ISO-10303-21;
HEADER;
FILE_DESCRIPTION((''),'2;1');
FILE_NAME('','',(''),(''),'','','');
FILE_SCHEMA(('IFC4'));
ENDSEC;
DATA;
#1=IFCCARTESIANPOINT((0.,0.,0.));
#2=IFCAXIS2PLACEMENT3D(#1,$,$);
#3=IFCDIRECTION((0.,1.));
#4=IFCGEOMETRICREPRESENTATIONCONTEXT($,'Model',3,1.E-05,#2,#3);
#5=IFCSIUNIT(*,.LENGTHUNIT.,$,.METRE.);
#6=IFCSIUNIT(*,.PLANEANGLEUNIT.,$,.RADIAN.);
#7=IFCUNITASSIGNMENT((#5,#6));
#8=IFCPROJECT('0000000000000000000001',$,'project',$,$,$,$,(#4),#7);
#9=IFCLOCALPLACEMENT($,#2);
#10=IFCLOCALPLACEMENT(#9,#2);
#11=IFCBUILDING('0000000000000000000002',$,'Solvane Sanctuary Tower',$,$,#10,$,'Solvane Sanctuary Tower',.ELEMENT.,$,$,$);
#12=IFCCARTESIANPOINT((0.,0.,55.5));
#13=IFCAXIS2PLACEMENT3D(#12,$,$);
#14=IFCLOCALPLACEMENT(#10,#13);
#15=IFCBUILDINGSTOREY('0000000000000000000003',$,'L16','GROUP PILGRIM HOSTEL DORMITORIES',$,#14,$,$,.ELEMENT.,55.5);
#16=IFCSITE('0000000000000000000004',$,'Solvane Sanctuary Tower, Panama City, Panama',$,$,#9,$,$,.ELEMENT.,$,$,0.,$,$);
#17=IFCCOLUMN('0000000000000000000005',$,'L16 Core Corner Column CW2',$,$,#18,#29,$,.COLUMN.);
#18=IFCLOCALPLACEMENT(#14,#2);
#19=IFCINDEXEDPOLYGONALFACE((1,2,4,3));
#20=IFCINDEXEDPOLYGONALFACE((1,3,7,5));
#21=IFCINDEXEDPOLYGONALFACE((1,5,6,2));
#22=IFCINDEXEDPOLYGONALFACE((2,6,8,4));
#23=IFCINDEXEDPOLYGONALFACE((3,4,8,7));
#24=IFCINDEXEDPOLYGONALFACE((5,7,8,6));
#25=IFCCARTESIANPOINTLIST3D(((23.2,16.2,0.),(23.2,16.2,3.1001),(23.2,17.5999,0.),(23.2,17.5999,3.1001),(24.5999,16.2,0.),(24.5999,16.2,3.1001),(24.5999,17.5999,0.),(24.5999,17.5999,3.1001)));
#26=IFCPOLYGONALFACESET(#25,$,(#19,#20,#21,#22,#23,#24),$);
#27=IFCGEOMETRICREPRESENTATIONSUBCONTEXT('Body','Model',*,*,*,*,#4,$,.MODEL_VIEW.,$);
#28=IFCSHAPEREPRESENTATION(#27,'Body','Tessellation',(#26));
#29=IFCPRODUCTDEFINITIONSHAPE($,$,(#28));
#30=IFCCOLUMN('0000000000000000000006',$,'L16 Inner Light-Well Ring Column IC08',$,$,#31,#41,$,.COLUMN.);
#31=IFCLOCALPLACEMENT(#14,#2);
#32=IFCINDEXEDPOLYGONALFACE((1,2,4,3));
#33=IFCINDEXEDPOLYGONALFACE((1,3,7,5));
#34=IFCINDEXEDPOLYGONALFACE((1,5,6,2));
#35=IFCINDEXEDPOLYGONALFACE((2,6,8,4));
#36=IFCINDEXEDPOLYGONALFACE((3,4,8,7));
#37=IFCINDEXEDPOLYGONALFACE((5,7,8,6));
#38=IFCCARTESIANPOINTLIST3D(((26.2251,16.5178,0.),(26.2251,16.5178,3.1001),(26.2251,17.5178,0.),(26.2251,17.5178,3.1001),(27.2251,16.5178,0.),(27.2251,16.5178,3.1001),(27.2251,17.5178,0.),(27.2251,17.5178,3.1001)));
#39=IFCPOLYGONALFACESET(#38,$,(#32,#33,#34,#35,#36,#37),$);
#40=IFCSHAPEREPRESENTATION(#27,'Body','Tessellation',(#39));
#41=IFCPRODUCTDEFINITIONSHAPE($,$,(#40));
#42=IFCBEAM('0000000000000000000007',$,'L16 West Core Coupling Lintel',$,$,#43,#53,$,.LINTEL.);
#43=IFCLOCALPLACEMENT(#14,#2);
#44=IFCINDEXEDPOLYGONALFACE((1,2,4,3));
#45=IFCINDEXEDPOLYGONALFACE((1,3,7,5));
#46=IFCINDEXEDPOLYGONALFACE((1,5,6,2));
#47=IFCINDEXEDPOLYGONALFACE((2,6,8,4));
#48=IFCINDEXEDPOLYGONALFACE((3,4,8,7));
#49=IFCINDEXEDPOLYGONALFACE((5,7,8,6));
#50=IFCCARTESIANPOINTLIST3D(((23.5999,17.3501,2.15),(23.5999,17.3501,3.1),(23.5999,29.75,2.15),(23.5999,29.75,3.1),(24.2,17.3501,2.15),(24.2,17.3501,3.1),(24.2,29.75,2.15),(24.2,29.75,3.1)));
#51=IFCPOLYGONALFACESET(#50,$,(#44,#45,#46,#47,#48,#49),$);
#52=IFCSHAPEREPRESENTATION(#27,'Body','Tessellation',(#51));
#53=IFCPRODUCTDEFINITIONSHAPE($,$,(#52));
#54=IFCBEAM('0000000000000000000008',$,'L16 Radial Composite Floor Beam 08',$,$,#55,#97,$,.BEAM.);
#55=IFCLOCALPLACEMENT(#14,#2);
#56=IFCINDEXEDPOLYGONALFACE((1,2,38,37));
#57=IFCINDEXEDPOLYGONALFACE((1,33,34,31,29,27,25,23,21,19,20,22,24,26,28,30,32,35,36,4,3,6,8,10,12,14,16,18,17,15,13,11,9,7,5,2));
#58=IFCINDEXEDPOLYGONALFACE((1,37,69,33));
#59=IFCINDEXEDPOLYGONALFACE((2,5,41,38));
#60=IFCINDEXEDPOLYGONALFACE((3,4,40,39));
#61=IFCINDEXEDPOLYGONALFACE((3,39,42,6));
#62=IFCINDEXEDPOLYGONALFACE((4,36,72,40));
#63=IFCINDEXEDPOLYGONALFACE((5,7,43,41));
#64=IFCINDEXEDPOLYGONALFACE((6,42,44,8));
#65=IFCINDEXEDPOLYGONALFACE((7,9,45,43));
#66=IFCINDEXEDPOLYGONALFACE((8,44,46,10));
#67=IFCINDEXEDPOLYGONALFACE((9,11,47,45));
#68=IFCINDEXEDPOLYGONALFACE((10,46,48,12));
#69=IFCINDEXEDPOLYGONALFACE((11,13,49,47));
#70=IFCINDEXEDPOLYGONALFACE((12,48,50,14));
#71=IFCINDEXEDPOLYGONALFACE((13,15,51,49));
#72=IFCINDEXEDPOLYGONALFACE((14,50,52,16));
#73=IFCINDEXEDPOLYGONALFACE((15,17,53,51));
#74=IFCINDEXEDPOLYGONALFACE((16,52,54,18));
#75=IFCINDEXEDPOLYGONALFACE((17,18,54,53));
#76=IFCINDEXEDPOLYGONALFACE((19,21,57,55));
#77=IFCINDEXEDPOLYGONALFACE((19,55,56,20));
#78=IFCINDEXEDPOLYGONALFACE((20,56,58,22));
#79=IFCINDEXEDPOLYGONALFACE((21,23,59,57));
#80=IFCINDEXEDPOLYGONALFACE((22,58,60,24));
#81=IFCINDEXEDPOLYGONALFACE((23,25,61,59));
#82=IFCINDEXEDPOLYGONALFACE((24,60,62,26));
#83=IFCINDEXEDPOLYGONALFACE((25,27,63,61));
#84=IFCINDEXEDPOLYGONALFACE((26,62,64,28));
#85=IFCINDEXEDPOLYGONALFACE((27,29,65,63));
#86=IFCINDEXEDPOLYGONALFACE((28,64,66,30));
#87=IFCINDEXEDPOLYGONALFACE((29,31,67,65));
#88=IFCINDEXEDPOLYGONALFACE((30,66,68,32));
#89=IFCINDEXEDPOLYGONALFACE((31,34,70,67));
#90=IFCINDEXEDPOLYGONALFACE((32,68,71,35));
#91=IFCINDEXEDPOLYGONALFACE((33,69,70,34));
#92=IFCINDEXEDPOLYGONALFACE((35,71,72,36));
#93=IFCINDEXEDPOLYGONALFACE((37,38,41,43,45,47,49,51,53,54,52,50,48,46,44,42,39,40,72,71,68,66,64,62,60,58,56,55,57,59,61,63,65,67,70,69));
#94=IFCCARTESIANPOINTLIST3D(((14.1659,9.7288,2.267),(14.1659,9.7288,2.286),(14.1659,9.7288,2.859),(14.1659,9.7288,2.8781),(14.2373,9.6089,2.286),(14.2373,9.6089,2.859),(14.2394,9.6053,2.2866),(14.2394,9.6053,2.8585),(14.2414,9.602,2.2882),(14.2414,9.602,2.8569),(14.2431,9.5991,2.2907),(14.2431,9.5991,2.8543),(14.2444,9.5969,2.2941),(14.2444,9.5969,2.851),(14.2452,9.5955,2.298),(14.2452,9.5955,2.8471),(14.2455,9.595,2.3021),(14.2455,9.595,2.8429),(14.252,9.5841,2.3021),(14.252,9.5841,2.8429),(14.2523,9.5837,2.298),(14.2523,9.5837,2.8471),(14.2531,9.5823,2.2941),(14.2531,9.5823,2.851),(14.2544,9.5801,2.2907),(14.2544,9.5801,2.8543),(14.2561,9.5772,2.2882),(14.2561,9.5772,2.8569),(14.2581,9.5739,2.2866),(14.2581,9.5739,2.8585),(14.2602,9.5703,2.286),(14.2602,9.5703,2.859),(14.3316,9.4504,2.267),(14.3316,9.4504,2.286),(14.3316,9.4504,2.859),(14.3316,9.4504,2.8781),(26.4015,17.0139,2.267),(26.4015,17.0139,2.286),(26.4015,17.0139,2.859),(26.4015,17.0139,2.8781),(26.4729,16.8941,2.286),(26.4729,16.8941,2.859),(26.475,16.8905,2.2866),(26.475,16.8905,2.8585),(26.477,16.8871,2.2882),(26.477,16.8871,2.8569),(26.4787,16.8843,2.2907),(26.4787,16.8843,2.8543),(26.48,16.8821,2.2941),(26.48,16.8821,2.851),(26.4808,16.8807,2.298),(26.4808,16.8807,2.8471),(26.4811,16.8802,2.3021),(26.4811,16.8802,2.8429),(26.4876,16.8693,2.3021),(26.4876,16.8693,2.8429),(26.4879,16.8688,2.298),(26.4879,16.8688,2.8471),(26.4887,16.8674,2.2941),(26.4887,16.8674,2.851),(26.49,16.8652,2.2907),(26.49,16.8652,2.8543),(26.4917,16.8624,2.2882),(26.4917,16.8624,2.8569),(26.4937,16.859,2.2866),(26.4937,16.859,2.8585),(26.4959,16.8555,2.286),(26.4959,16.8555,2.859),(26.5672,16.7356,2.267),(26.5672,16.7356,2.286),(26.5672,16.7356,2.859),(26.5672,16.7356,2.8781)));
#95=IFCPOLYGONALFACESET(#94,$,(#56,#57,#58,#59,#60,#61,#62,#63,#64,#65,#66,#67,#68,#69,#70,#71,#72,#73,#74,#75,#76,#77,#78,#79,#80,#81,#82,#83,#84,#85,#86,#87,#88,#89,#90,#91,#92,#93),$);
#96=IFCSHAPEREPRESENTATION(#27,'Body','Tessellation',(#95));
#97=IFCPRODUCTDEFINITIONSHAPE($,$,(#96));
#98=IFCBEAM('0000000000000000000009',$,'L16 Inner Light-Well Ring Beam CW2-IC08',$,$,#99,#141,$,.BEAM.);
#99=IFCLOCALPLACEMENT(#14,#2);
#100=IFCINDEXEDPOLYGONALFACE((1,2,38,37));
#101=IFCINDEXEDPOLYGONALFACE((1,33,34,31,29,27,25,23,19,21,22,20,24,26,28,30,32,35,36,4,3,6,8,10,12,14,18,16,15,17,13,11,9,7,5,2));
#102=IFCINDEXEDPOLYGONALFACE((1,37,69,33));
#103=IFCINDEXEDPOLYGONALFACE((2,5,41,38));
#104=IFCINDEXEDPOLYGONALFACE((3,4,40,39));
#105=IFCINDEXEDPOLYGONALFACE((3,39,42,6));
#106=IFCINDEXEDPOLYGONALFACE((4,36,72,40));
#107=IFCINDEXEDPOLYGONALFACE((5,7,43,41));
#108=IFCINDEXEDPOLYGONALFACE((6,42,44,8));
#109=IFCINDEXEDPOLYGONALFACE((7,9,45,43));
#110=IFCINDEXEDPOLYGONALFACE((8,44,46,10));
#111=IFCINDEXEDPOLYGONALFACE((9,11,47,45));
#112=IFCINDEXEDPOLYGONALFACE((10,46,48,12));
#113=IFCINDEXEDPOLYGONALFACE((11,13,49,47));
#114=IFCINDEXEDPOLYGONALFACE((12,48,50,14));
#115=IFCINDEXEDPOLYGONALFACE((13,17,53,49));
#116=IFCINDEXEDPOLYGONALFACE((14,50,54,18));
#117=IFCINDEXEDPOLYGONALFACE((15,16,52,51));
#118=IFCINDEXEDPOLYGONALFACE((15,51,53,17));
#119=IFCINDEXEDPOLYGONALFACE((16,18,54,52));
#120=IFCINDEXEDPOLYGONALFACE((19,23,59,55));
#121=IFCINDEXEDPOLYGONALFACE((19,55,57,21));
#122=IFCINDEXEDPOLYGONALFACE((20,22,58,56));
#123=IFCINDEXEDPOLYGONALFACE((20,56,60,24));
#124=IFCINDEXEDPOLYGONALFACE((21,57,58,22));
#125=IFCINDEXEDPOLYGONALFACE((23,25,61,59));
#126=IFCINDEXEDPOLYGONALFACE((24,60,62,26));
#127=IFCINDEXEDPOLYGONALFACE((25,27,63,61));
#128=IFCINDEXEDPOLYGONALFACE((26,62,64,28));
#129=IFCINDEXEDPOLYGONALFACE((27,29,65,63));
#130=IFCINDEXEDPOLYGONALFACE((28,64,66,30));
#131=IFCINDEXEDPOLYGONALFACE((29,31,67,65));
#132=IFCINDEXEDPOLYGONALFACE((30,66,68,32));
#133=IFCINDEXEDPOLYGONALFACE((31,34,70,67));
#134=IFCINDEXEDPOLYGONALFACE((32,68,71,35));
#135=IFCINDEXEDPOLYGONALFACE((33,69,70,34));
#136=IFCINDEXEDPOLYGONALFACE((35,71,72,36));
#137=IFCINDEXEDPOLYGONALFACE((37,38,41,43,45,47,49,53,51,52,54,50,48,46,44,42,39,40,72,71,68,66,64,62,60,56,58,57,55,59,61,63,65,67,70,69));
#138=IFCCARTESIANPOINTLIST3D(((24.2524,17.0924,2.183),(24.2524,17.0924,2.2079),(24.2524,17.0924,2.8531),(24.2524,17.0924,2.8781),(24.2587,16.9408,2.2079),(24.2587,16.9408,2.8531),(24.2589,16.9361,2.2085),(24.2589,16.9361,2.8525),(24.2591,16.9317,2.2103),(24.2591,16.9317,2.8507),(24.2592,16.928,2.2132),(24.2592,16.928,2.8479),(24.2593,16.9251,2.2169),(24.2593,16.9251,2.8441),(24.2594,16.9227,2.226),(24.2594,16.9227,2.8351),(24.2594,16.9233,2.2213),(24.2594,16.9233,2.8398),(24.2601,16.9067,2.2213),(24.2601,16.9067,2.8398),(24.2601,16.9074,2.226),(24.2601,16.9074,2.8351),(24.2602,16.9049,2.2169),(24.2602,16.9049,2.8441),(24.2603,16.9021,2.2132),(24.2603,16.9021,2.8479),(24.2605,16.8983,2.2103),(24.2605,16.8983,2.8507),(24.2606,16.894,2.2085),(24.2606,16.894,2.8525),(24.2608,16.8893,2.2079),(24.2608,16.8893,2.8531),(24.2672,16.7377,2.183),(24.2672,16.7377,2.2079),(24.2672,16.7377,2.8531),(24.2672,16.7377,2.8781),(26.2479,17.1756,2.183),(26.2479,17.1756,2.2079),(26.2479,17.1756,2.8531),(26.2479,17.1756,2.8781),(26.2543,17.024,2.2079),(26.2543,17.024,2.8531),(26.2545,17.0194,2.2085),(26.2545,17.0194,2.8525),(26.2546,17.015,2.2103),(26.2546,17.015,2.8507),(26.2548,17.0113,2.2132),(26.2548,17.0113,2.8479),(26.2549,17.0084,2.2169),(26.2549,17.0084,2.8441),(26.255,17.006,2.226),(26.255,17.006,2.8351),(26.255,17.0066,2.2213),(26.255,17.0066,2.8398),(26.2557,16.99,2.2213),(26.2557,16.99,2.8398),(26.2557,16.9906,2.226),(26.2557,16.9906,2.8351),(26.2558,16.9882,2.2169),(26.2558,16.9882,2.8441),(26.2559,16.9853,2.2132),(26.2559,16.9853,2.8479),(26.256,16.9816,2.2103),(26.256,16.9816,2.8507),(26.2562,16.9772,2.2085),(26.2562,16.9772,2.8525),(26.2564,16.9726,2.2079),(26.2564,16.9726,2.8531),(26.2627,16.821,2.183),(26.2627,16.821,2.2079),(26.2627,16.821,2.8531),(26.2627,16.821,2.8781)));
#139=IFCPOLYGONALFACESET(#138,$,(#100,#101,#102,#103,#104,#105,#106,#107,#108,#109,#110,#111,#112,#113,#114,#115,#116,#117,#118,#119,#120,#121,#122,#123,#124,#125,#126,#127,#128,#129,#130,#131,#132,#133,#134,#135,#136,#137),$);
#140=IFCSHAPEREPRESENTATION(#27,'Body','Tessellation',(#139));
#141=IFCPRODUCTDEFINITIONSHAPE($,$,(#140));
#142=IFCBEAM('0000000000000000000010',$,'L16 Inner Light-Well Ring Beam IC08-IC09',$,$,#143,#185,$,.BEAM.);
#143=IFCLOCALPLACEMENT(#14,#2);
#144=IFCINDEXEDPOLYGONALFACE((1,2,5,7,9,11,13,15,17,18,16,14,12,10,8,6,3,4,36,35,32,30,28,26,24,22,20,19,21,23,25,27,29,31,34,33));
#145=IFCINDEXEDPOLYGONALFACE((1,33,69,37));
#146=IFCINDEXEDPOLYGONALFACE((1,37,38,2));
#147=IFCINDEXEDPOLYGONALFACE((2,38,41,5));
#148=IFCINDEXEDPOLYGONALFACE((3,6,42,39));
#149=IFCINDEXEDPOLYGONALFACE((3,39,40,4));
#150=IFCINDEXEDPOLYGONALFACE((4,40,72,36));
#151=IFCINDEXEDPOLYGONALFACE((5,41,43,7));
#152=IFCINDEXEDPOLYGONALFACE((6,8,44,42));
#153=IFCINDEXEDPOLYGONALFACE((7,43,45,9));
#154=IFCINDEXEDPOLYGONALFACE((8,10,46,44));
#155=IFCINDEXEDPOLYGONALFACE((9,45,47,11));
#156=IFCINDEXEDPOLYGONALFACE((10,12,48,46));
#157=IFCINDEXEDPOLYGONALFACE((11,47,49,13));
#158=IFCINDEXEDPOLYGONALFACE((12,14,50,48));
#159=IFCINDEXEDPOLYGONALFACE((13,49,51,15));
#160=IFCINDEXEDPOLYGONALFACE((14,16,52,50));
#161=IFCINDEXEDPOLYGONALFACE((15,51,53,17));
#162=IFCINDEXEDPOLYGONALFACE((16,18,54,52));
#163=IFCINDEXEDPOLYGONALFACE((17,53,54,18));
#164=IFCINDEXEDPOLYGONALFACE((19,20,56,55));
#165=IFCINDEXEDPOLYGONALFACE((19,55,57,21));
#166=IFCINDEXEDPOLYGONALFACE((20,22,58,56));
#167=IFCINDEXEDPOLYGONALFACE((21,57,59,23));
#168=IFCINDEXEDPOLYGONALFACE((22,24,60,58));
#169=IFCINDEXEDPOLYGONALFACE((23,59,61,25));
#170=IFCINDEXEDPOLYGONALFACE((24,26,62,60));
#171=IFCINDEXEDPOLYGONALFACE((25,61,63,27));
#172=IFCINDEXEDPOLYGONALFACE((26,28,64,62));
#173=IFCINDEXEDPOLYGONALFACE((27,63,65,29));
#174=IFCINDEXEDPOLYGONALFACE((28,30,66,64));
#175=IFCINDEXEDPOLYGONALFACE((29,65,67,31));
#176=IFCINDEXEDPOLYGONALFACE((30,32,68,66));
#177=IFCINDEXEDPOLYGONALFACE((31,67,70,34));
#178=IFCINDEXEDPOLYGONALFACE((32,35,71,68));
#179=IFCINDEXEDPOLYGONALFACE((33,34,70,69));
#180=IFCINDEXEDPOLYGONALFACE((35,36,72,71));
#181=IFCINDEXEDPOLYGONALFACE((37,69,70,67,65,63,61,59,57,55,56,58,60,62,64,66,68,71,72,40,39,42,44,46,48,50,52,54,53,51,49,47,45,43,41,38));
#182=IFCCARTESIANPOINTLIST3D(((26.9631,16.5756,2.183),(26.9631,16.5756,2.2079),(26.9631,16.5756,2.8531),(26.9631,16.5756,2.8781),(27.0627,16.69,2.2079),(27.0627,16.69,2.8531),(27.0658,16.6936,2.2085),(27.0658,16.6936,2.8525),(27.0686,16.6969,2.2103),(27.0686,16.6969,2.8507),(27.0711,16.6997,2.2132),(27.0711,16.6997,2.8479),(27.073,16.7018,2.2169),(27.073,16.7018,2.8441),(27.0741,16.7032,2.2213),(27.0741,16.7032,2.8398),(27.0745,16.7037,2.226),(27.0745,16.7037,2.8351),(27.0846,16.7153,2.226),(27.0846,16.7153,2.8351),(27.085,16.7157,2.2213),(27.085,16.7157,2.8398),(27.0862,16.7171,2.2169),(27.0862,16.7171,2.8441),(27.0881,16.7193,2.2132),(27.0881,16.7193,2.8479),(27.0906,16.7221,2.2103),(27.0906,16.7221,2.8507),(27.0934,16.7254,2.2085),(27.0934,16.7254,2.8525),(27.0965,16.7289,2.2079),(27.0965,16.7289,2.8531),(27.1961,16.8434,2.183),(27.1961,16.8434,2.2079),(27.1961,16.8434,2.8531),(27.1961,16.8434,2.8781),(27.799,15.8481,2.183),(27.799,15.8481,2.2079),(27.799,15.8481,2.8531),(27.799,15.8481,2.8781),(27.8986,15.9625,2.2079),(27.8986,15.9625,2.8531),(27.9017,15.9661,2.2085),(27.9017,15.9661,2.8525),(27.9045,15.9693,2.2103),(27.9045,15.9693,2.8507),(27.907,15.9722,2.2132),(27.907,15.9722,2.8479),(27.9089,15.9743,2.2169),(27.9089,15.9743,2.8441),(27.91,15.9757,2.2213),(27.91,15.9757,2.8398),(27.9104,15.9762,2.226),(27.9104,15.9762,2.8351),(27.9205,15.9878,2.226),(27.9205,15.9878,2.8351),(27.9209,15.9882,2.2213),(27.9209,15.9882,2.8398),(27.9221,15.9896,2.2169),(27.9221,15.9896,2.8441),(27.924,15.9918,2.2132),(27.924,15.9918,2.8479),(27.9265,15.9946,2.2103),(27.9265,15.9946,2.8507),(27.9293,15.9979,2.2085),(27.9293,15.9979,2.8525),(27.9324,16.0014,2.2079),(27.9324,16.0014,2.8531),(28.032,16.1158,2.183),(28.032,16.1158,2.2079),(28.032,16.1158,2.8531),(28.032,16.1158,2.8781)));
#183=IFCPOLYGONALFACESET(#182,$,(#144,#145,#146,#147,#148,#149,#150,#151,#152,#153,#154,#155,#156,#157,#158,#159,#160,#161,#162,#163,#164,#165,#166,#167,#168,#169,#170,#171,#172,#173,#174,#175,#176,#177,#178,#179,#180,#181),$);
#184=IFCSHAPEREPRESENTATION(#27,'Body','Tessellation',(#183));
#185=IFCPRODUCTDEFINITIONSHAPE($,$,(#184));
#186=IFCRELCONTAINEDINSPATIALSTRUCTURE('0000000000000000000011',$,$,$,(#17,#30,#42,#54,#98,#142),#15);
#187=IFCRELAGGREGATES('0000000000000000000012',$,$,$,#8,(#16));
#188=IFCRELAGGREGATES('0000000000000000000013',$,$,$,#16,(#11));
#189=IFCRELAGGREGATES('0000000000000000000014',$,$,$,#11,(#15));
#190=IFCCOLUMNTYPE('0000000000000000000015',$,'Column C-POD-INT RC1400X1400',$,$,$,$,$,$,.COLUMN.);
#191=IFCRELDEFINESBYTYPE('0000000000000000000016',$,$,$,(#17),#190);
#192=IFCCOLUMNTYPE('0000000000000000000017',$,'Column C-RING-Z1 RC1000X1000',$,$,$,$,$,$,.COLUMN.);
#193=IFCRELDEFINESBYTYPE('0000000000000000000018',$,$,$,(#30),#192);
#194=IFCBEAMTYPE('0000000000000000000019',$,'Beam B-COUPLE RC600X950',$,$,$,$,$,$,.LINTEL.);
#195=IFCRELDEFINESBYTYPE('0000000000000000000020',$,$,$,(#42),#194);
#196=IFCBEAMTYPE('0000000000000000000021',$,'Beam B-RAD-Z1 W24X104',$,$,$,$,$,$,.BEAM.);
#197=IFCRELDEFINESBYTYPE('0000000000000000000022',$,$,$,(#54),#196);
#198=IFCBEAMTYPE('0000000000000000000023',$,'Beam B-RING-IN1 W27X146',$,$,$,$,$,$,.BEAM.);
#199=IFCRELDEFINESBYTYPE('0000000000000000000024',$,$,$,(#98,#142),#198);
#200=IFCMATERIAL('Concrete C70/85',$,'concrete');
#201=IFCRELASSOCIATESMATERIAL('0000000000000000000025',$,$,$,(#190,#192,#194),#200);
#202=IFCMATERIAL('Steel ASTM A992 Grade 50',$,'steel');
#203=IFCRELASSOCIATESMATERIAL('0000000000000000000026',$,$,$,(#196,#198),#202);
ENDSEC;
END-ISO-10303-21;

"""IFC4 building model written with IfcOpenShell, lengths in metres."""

from ifc_helpers import new_model, si_unit, direction, frame, origin, origin_2d, place, context, subcontext, project, spatial, rectangle, i_section, extrude, material, material_profile, profile_set, type_object, element, save


model = new_model("IFC4")

# Units and contexts
model_context = context("Model", 3, precision=1e-05, world=origin(), true_north=direction((0.0, 1.0)))
body_context = subcontext(model_context, "Body", "Model", "MODEL_VIEW")
ifc_project = project(units=[si_unit("LENGTHUNIT", "METRE"), si_unit("PLANEANGLEUNIT", "RADIAN")], contexts=[model_context])

# Site, building, storey
site_placement = place(None, origin())
site = spatial("IfcSite", under=ifc_project, at=site_placement, Name="Solvane Sanctuary Tower, Panama City, Panama", CompositionType="ELEMENT", RefElevation=0.0)
building_placement = place(site_placement, origin())
building = spatial("IfcBuilding", under=site, at=building_placement, Name="Solvane Sanctuary Tower", LongName="Solvane Sanctuary Tower", CompositionType="ELEMENT")
storey_placement = place(building_placement, frame((0.0, 0.0, 55.5)))
storey = spatial("IfcBuildingStorey", under=building, at=storey_placement, Name="L16", Description="GROUP PILGRIM HOSTEL DORMITORIES", CompositionType="ELEMENT", Elevation=55.5)

# Columns
ifc_material_1 = material(Name="Concrete C70/85", Category="concrete")
ifc_material_profile_1 = material_profile(ifc_material_1, rectangle(XDim=1.3999, YDim=1.3999, at=origin_2d()), Name="RC1400X1400")
ifc_profile_set_1 = profile_set([ifc_material_profile_1], Name="Concrete C70/85")
column_type_1 = type_object("IfcColumnType", Name="Column C-POD-INT RC1400X1400", PredefinedType="COLUMN", material=ifc_profile_set_1)
column_1_placement = place(storey_placement, frame((23.8999, 16.8999, 0.0), z_axis=(0.0, 0.0, 1.0), x_axis=(1.0, 0.0, 0.0)))
element("IfcColumn", 1, at=column_1_placement, inside=storey, type_object=column_type_1, Name="L16 Core Corner Column CW2", PredefinedType="COLUMN", context=body_context, shape_type="SweptSolid", body=[
    extrude(rectangle(XDim=1.3999, YDim=1.3999, at=origin_2d()), origin(), (0.0, 0.0, 1.0), 3.1001),
])
ifc_material_profile_2 = material_profile(ifc_material_1, rectangle(XDim=1.0, YDim=1.0, at=origin_2d()), Name="RC1000X1000")
ifc_profile_set_2 = profile_set([ifc_material_profile_2], Name="Concrete C70/85")
column_type_2 = type_object("IfcColumnType", Name="Column C-RING-Z1 RC1000X1000", PredefinedType="COLUMN", material=ifc_profile_set_2)
column_2_placement = place(storey_placement, frame((26.7251, 17.0178, 0.0), z_axis=(0.0, 0.0, 1.0), x_axis=(1.0, 0.0, 0.0)))
element("IfcColumn", 2, at=column_2_placement, inside=storey, type_object=column_type_2, Name="L16 Inner Light-Well Ring Column IC08", PredefinedType="COLUMN", context=body_context, shape_type="SweptSolid", body=[
    extrude(rectangle(XDim=1.0, YDim=1.0, at=origin_2d()), origin(), (0.0, 0.0, 1.0), 3.1001),
])

# Beams
ifc_material_profile_3 = material_profile(ifc_material_1, rectangle(XDim=0.6001, YDim=0.95, at=origin_2d()), Name="RC600X950")
ifc_profile_set_3 = profile_set([ifc_material_profile_3], Name="Concrete C70/85")
beam_type_1 = type_object("IfcBeamType", Name="Beam B-COUPLE RC600X950", PredefinedType="LINTEL", material=ifc_profile_set_3)
beam_1_placement = place(storey_placement, frame((23.8999, 17.3501, 2.625), z_axis=(0.0, 1.0, 0.0), x_axis=(-1.0, 0.0, 0.0)))
element("IfcBeam", 3, at=beam_1_placement, inside=storey, type_object=beam_type_1, Name="L16 West Core Coupling Lintel", PredefinedType="LINTEL", context=body_context, shape_type="SweptSolid", body=[
    extrude(rectangle(XDim=0.6001, YDim=0.95, at=origin_2d()), origin(), (0.0, 0.0, 1.0), 12.3999),
])
ifc_material_2 = material(Name="Steel ASTM A992 Grade 50", Category="steel")
ifc_material_profile_4 = material_profile(ifc_material_2, i_section(OverallWidth=0.324, OverallDepth=0.6111, WebThickness=0.0127, FlangeThickness=0.019, FilletRadius=0.0161, at=origin_2d()), Name="W24X104")
ifc_profile_set_4 = profile_set([ifc_material_profile_4], Name="Steel ASTM A992 Grade 50")
beam_type_2 = type_object("IfcBeamType", Name="Beam B-RAD-Z1 W24X104", PredefinedType="BEAM", material=ifc_profile_set_4)
beam_2_placement = place(storey_placement, frame((26.4844, 16.8748, 2.5725), z_axis=(-0.859229, -0.511591, 0.0), x_axis=(0.511591, -0.859229, 0.0)))
element("IfcBeam", 4, at=beam_2_placement, inside=storey, type_object=beam_type_2, Name="L16 Radial Composite Floor Beam 08", PredefinedType="BEAM", context=body_context, shape_type="SweptSolid", body=[
    extrude(i_section(OverallWidth=0.324, OverallDepth=0.6111, WebThickness=0.0127, FlangeThickness=0.019, FilletRadius=0.0161, at=origin_2d()), origin(), (0.0, 0.0, 1.0), 14.2402),
])
ifc_material_profile_5 = material_profile(ifc_material_2, i_section(OverallWidth=0.355, OverallDepth=0.6951, WebThickness=0.0154, FlangeThickness=0.0249, FilletRadius=0.0181, at=origin_2d()), Name="W27X146")
ifc_profile_set_5 = profile_set([ifc_material_profile_5], Name="Steel ASTM A992 Grade 50")
beam_type_3 = type_object("IfcBeamType", Name="Beam B-RING-IN1 W27X146", PredefinedType="BEAM", material=ifc_profile_set_5)
beam_3_placement = place(storey_placement, frame((24.2598, 16.915, 2.5305), z_axis=(0.999131, 0.041681, 0.0), x_axis=(-0.041681, 0.999131, 0.0)))
element("IfcBeam", 5, at=beam_3_placement, inside=storey, type_object=beam_type_3, Name="L16 Inner Light-Well Ring Beam CW2-IC08", PredefinedType="BEAM", context=body_context, shape_type="SweptSolid", body=[
    extrude(i_section(OverallWidth=0.355, OverallDepth=0.6951, WebThickness=0.0154, FlangeThickness=0.0249, FilletRadius=0.0181, at=origin_2d()), origin(), (0.0, 0.0, 1.0), 1.9973),
])
beam_4_placement = place(storey_placement, frame((27.0796, 16.7095, 2.5305), z_axis=(0.754321, -0.656506, 0.0), x_axis=(0.656506, 0.754321, 0.0)))
element("IfcBeam", 6, at=beam_4_placement, inside=storey, type_object=beam_type_3, Name="L16 Inner Light-Well Ring Beam IC08-IC09", PredefinedType="BEAM", context=body_context, shape_type="SweptSolid", body=[
    extrude(i_section(OverallWidth=0.355, OverallDepth=0.6951, WebThickness=0.0154, FlangeThickness=0.0249, FilletRadius=0.0181, at=origin_2d()), origin(), (0.0, 0.0, 1.0), 1.1082),
])

save(model, "model.ifc")
